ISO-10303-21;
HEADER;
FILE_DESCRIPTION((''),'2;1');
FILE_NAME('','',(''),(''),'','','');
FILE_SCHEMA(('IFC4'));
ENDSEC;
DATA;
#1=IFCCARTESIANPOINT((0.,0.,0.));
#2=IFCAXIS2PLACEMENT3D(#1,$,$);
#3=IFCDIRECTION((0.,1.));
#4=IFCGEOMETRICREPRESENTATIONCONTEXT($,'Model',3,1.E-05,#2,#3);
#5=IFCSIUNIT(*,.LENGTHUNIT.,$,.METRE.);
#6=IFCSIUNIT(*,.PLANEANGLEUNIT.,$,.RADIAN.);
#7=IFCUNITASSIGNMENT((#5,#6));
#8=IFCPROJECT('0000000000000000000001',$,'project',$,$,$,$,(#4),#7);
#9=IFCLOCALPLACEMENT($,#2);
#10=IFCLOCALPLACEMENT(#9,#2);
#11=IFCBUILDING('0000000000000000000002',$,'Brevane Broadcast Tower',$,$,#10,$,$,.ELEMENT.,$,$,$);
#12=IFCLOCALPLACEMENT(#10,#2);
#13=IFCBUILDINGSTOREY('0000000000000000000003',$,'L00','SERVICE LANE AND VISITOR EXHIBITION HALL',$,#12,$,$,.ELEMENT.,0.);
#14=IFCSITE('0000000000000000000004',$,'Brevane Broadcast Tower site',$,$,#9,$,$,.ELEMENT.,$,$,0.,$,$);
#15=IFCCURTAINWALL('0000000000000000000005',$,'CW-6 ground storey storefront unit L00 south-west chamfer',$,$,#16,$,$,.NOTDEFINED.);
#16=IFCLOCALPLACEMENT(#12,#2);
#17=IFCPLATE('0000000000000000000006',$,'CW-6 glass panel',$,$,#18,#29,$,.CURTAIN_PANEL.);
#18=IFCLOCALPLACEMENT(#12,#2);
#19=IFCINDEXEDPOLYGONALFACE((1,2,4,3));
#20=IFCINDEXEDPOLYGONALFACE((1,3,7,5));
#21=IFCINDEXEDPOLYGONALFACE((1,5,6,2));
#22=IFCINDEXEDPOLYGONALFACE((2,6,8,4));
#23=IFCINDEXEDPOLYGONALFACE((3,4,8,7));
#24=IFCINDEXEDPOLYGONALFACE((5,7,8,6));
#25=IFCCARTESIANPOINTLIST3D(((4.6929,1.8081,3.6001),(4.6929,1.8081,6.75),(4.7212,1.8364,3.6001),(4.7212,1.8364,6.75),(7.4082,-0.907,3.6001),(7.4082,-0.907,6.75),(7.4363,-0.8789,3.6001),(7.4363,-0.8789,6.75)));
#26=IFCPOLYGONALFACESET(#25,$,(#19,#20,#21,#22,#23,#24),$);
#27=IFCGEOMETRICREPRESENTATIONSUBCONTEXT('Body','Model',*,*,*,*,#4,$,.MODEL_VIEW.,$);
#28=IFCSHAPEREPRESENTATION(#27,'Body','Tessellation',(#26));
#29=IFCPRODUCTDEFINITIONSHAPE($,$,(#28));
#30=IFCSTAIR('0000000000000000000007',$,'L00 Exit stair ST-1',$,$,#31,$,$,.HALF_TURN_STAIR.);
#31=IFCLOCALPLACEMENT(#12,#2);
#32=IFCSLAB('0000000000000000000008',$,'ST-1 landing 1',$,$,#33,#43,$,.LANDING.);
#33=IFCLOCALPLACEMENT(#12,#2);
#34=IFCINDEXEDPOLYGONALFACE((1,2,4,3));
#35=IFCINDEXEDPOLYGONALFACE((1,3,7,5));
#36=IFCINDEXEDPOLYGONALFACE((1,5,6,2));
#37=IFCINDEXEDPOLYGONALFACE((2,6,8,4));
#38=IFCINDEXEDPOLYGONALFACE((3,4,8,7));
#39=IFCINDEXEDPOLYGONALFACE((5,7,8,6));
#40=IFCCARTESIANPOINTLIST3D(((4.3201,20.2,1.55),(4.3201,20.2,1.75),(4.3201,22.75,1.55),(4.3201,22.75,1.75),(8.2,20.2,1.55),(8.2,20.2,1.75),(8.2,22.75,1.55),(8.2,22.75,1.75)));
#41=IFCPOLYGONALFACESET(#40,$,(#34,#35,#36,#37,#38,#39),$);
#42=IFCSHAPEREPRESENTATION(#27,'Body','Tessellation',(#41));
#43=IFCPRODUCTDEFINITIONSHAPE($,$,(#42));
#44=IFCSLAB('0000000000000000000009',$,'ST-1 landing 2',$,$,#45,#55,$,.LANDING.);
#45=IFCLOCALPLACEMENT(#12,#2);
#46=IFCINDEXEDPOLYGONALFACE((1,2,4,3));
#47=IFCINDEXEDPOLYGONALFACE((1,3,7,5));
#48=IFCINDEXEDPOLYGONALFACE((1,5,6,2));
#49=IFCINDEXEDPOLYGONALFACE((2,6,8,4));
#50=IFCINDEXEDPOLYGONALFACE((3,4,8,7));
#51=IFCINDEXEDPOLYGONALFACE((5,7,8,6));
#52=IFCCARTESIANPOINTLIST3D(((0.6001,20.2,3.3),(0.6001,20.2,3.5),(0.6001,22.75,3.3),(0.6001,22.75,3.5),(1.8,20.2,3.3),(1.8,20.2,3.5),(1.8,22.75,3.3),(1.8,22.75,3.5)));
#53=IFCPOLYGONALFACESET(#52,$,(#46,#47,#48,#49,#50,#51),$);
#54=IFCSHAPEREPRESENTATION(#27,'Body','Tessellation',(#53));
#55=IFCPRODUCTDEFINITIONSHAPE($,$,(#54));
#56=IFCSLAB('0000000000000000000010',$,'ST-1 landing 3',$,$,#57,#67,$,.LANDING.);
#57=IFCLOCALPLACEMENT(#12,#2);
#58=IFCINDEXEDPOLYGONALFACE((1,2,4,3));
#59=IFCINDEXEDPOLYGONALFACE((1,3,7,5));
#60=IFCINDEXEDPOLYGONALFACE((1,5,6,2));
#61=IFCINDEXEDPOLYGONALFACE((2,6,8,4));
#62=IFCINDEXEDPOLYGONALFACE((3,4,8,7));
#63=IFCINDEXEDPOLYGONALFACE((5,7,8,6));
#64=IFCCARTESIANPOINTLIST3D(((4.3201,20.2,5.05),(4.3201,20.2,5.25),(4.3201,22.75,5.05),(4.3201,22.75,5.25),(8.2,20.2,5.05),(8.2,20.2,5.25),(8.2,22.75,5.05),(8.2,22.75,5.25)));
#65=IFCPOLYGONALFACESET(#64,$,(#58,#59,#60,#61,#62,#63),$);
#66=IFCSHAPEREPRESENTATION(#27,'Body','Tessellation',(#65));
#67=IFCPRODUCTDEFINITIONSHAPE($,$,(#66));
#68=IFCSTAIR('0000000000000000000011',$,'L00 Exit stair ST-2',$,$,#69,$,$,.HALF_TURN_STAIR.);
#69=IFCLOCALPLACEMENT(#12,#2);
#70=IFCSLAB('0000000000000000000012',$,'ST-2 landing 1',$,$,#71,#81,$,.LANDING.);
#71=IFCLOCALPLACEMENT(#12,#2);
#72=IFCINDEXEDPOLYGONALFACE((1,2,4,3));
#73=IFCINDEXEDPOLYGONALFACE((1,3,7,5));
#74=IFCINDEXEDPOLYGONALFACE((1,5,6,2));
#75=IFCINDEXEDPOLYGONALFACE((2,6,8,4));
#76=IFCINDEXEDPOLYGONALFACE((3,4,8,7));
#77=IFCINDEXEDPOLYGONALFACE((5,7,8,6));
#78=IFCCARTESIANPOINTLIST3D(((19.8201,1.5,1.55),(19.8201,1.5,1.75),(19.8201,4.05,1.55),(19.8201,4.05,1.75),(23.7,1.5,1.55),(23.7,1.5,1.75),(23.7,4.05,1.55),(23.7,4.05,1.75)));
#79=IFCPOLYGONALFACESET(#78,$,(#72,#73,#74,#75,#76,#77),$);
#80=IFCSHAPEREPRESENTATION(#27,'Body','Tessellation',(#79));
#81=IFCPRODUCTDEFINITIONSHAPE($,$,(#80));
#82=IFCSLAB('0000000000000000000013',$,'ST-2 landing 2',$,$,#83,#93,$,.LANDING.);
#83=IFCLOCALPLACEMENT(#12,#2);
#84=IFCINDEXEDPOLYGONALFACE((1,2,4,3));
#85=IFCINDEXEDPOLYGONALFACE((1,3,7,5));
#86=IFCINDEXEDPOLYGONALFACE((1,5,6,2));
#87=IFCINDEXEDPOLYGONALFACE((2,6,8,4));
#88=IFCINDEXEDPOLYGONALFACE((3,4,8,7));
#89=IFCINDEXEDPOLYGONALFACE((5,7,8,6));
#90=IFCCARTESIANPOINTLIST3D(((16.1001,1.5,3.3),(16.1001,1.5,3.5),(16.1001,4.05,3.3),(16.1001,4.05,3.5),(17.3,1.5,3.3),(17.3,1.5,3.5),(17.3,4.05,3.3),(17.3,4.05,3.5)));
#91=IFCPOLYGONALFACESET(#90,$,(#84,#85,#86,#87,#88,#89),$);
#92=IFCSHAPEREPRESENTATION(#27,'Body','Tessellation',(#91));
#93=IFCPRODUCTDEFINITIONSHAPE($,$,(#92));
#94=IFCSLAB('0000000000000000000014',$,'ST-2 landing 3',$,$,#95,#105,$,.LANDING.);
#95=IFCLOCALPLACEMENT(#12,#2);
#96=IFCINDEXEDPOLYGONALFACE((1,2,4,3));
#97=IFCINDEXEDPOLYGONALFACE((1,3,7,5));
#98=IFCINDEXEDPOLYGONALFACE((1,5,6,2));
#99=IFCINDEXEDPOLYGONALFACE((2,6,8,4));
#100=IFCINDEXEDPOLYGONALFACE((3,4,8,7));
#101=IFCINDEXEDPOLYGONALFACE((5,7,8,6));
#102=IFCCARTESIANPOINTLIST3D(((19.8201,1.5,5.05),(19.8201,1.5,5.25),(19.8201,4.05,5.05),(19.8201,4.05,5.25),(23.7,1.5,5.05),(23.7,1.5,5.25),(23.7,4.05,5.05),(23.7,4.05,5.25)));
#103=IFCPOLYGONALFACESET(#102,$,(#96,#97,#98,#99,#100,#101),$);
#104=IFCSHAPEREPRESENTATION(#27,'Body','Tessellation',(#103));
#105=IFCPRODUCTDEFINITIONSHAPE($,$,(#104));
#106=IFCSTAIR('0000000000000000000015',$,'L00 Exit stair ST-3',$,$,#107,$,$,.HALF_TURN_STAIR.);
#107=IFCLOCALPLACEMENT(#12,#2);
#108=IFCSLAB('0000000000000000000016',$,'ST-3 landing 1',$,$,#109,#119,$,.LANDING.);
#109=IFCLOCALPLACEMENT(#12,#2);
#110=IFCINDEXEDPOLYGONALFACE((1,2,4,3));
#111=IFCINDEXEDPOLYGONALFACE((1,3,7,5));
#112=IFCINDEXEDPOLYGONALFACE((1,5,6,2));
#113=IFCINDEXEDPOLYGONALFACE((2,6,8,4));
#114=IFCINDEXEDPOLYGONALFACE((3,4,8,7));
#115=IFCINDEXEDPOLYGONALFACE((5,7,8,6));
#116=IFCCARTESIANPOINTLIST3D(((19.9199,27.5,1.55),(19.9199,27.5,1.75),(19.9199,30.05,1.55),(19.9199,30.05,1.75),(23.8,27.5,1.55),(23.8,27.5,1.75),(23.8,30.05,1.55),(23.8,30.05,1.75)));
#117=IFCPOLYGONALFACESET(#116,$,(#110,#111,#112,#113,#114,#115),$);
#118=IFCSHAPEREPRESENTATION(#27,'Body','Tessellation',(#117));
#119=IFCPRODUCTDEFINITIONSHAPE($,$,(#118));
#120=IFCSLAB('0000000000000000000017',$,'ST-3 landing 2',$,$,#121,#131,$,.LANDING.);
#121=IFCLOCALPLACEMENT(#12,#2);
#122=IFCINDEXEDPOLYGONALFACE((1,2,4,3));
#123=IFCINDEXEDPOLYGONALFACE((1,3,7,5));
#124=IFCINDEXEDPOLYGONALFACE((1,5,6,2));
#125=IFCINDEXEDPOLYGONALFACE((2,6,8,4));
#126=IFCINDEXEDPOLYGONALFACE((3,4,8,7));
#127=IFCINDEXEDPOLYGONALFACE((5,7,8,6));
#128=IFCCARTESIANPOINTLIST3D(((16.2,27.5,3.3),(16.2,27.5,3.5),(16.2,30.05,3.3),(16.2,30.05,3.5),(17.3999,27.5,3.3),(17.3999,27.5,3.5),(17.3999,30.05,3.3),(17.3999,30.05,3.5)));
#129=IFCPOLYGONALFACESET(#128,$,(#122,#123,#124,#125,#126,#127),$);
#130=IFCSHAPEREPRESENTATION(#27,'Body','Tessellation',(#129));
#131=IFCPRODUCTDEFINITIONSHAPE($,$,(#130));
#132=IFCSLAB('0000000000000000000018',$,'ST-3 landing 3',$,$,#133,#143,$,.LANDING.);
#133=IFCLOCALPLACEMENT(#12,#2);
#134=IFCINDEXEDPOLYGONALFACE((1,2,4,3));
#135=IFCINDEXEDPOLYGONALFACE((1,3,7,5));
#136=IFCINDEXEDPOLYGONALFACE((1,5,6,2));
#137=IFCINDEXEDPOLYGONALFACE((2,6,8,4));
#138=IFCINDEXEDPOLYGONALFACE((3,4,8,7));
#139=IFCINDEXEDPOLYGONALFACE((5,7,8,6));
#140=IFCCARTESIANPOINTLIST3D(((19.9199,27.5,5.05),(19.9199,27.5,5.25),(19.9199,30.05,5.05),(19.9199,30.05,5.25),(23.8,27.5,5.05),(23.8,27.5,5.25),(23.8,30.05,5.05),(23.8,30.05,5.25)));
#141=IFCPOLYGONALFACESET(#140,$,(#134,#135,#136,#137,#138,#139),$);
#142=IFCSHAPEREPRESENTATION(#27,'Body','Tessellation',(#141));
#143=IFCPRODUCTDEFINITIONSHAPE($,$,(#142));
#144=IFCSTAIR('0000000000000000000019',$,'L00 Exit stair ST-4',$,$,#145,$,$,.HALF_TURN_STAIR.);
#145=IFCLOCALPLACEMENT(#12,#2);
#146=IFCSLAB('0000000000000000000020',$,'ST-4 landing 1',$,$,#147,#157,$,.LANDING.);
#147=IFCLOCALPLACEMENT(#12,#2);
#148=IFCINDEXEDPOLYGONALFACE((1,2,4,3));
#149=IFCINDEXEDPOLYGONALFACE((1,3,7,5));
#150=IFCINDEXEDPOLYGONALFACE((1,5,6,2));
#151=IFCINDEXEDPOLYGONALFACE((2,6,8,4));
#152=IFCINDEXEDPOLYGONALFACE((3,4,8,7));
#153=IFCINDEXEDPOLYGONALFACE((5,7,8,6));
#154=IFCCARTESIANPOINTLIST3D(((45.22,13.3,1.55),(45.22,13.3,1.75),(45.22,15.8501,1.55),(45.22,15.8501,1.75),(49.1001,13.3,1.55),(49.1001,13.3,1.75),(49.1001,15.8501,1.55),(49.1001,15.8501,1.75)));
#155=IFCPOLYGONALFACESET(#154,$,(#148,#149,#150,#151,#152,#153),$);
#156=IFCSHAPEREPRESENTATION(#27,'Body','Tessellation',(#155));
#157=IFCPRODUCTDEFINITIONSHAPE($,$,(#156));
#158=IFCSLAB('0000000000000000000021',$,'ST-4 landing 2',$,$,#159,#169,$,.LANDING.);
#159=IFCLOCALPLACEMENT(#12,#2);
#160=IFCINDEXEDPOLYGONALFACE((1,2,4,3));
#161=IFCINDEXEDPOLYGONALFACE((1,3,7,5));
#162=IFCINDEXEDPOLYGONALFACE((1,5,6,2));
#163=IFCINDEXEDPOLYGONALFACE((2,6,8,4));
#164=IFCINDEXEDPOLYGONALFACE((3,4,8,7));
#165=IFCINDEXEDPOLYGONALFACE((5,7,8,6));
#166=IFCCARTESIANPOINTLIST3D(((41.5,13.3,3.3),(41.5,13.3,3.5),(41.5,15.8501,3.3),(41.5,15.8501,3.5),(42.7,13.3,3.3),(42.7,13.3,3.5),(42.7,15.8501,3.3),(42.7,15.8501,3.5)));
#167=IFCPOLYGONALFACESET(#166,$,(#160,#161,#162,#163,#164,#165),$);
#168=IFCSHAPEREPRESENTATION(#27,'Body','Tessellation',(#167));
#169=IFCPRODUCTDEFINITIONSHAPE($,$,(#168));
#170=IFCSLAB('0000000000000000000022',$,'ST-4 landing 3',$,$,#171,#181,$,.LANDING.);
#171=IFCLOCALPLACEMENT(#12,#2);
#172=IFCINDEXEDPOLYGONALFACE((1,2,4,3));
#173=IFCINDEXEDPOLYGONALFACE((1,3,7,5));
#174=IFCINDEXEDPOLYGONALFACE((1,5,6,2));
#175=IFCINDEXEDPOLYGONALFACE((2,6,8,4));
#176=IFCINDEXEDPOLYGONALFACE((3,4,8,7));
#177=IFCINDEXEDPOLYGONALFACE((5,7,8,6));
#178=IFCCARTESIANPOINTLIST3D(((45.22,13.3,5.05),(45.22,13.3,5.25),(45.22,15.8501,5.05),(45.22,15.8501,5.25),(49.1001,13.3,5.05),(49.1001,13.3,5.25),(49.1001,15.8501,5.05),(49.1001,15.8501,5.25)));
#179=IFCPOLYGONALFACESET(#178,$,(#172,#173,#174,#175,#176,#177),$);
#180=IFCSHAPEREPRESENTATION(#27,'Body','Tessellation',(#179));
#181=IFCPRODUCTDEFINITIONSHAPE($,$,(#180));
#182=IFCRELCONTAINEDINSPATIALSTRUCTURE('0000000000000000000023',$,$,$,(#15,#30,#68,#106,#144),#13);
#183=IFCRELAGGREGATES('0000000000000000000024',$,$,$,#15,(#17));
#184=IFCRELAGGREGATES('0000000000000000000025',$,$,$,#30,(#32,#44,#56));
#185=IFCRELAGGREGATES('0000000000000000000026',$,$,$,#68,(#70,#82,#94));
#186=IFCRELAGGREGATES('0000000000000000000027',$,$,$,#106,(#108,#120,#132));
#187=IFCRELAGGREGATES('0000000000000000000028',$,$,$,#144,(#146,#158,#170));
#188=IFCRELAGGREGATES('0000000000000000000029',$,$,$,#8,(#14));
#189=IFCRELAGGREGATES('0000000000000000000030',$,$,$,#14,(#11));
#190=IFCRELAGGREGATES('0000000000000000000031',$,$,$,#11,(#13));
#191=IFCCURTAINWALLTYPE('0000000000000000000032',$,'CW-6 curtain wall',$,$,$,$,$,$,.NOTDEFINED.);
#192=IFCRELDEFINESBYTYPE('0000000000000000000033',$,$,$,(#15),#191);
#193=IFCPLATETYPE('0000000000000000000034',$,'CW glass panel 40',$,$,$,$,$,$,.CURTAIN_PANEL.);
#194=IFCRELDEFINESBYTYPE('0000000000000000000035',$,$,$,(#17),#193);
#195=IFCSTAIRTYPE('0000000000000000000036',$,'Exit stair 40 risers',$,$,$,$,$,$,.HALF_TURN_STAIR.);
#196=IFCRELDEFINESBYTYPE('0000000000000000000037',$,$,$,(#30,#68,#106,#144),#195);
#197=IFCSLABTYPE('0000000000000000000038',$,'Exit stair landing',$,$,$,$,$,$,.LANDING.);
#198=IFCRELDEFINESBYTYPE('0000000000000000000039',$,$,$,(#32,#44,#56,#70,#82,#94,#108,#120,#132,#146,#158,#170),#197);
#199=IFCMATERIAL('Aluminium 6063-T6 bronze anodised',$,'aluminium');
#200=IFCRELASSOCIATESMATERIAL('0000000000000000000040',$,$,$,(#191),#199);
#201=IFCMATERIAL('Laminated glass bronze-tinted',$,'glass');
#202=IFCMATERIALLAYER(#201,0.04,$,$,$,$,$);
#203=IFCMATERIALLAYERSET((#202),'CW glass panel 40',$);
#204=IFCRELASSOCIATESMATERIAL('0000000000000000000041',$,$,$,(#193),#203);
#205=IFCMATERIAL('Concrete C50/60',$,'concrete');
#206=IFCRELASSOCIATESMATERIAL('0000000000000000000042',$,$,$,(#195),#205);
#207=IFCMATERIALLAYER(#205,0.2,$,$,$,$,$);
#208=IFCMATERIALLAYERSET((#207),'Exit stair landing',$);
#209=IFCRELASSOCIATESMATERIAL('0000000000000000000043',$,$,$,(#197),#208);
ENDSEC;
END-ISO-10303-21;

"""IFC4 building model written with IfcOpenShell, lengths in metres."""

from ifc_helpers import new_model, si_unit, direction, frame, origin, place, context, subcontext, project, spatial, polyline, outline, extrude, material, layer, layer_set, type_object, element, aggregate, save


model = new_model("IFC4")

# Units and contexts
model_context = context("Model", 3, precision=1e-05, world=origin(), true_north=direction((0.0, 1.0)))
body_context = subcontext(model_context, "Body", "Model", "MODEL_VIEW")
ifc_project = project(units=[si_unit("LENGTHUNIT", "METRE"), si_unit("PLANEANGLEUNIT", "RADIAN")], contexts=[model_context])

# Site, building, storey
site_placement = place(None, origin())
site = spatial("IfcSite", under=ifc_project, at=site_placement, Name="Brevane Broadcast Tower site", CompositionType="ELEMENT", RefElevation=0.0)
building_placement = place(site_placement, origin())
building = spatial("IfcBuilding", under=site, at=building_placement, Name="Brevane Broadcast Tower", CompositionType="ELEMENT")
storey_placement = place(building_placement, origin())
storey = spatial("IfcBuildingStorey", under=building, at=storey_placement, Name="L00", Description="SERVICE LANE AND VISITOR EXHIBITION HALL", CompositionType="ELEMENT", Elevation=0.0)

# Curtain wall, plate
ifc_material_1 = material(Name="Aluminium 6063-T6 bronze anodised", Category="aluminium")
curtain_wall_type = type_object("IfcCurtainWallType", Name="CW-6 curtain wall", PredefinedType="NOTDEFINED", material=ifc_material_1)
ifc_material_2 = material(Name="Laminated glass bronze-tinted", Category="glass")
ifc_layer_1 = layer(ifc_material_2, 0.04)
ifc_layer_set_1 = layer_set([ifc_layer_1], Name="CW glass panel 40")
plate_type = type_object("IfcPlateType", Name="CW glass panel 40", PredefinedType="CURTAIN_PANEL", material=ifc_layer_set_1)
curtain_wall_1_placement = place(storey_placement, origin())
curtain_wall_1 = element("IfcCurtainWall", 1, at=curtain_wall_1_placement, inside=storey, type_object=curtain_wall_type, Name="CW-6 ground storey storefront unit L00 south-west chamfer", PredefinedType="NOTDEFINED")
plate_1_placement = place(storey_placement, frame((0.0, 0.0, 3.6001)))
plate_1 = element("IfcPlate", 2, at=plate_1_placement, type_object=plate_type, Name="CW-6 glass panel", PredefinedType="CURTAIN_PANEL", context=body_context, shape_type="SweptSolid", body=[
    extrude(outline(polyline([(4.7212, 1.8364), (7.4363, -0.8789), (7.4082, -0.907), (4.6929, 1.8081), (4.7212, 1.8364)])), origin(), (0.0, 0.0, 1.0), 3.1499),
])
aggregate(curtain_wall_1, [plate_1])

# Stairs, slabs
ifc_material_3 = material(Name="Concrete C50/60", Category="concrete")
stair_type = type_object("IfcStairType", Name="Exit stair 40 risers", PredefinedType="HALF_TURN_STAIR", material=ifc_material_3)
stair_1_placement = place(storey_placement, origin())
stair_1 = element("IfcStair", 3, at=stair_1_placement, inside=storey, type_object=stair_type, Name="L00 Exit stair ST-1", PredefinedType="HALF_TURN_STAIR")
ifc_layer_2 = layer(ifc_material_3, 0.2)
ifc_layer_set_2 = layer_set([ifc_layer_2], Name="Exit stair landing")
slab_type_1 = type_object("IfcSlabType", Name="Exit stair landing", PredefinedType="LANDING", material=ifc_layer_set_2)
slab_1_placement = place(storey_placement, frame((0.0, 0.0, 1.55)))
slab_1 = element("IfcSlab", 4, at=slab_1_placement, type_object=slab_type_1, Name="ST-1 landing 1", PredefinedType="LANDING", context=body_context, shape_type="SweptSolid", body=[
    extrude(outline(polyline([(4.3201, 20.2), (8.2, 20.2), (8.2, 22.75), (4.3201, 22.75), (4.3201, 20.2)])), origin(), (0.0, 0.0, 1.0), 0.2),
])
slab_2_placement = place(storey_placement, frame((0.0, 0.0, 3.3)))
slab_2 = element("IfcSlab", 5, at=slab_2_placement, type_object=slab_type_1, Name="ST-1 landing 2", PredefinedType="LANDING", context=body_context, shape_type="SweptSolid", body=[
    extrude(outline(polyline([(0.6001, 20.2), (1.8, 20.2), (1.8, 22.75), (0.6001, 22.75), (0.6001, 20.2)])), origin(), (0.0, 0.0, 1.0), 0.2),
])
slab_3_placement = place(storey_placement, frame((0.0, 0.0, 5.05)))
slab_3 = element("IfcSlab", 6, at=slab_3_placement, type_object=slab_type_1, Name="ST-1 landing 3", PredefinedType="LANDING", context=body_context, shape_type="SweptSolid", body=[
    extrude(outline(polyline([(4.3201, 20.2), (8.2, 20.2), (8.2, 22.75), (4.3201, 22.75), (4.3201, 20.2)])), origin(), (0.0, 0.0, 1.0), 0.2),
])
aggregate(stair_1, [slab_1, slab_2, slab_3])
stair_2_placement = place(storey_placement, origin())
stair_2 = element("IfcStair", 7, at=stair_2_placement, inside=storey, type_object=stair_type, Name="L00 Exit stair ST-2", PredefinedType="HALF_TURN_STAIR")
slab_4_placement = place(storey_placement, frame((0.0, 0.0, 1.55)))
slab_4 = element("IfcSlab", 8, at=slab_4_placement, type_object=slab_type_1, Name="ST-2 landing 1", PredefinedType="LANDING", context=body_context, shape_type="SweptSolid", body=[
    extrude(outline(polyline([(19.8201, 1.5), (23.7, 1.5), (23.7, 4.05), (19.8201, 4.05), (19.8201, 1.5)])), origin(), (0.0, 0.0, 1.0), 0.2),
])
slab_5_placement = place(storey_placement, frame((0.0, 0.0, 3.3)))
slab_5 = element("IfcSlab", 9, at=slab_5_placement, type_object=slab_type_1, Name="ST-2 landing 2", PredefinedType="LANDING", context=body_context, shape_type="SweptSolid", body=[
    extrude(outline(polyline([(16.1001, 1.5), (17.3, 1.5), (17.3, 4.05), (16.1001, 4.05), (16.1001, 1.5)])), origin(), (0.0, 0.0, 1.0), 0.2),
])
slab_6_placement = place(storey_placement, frame((0.0, 0.0, 5.05)))
slab_6 = element("IfcSlab", 10, at=slab_6_placement, type_object=slab_type_1, Name="ST-2 landing 3", PredefinedType="LANDING", context=body_context, shape_type="SweptSolid", body=[
    extrude(outline(polyline([(19.8201, 1.5), (23.7, 1.5), (23.7, 4.05), (19.8201, 4.05), (19.8201, 1.5)])), origin(), (0.0, 0.0, 1.0), 0.2),
])
aggregate(stair_2, [slab_4, slab_5, slab_6])
stair_3_placement = place(storey_placement, origin())
stair_3 = element("IfcStair", 11, at=stair_3_placement, inside=storey, type_object=stair_type, Name="L00 Exit stair ST-3", PredefinedType="HALF_TURN_STAIR")
slab_7_placement = place(storey_placement, frame((0.0, 0.0, 1.55)))
slab_7 = element("IfcSlab", 12, at=slab_7_placement, type_object=slab_type_1, Name="ST-3 landing 1", PredefinedType="LANDING", context=body_context, shape_type="SweptSolid", body=[
    extrude(outline(polyline([(19.9199, 27.5), (23.8, 27.5), (23.8, 30.05), (19.9199, 30.05), (19.9199, 27.5)])), origin(), (0.0, 0.0, 1.0), 0.2),
])
slab_8_placement = place(storey_placement, frame((0.0, 0.0, 3.3)))
slab_8 = element("IfcSlab", 13, at=slab_8_placement, type_object=slab_type_1, Name="ST-3 landing 2", PredefinedType="LANDING", context=body_context, shape_type="SweptSolid", body=[
    extrude(outline(polyline([(16.2, 27.5), (17.3999, 27.5), (17.3999, 30.05), (16.2, 30.05), (16.2, 27.5)])), origin(), (0.0, 0.0, 1.0), 0.2),
])
slab_9_placement = place(storey_placement, frame((0.0, 0.0, 5.05)))
slab_9 = element("IfcSlab", 14, at=slab_9_placement, type_object=slab_type_1, Name="ST-3 landing 3", PredefinedType="LANDING", context=body_context, shape_type="SweptSolid", body=[
    extrude(outline(polyline([(19.9199, 27.5), (23.8, 27.5), (23.8, 30.05), (19.9199, 30.05), (19.9199, 27.5)])), origin(), (0.0, 0.0, 1.0), 0.2),
])
aggregate(stair_3, [slab_7, slab_8, slab_9])
stair_4_placement = place(storey_placement, origin())
stair_4 = element("IfcStair", 15, at=stair_4_placement, inside=storey, type_object=stair_type, Name="L00 Exit stair ST-4", PredefinedType="HALF_TURN_STAIR")
slab_10_placement = place(storey_placement, frame((0.0, 0.0, 1.55)))
slab_10 = element("IfcSlab", 16, at=slab_10_placement, type_object=slab_type_1, Name="ST-4 landing 1", PredefinedType="LANDING", context=body_context, shape_type="SweptSolid", body=[
    extrude(outline(polyline([(45.22, 13.3), (49.1001, 13.3), (49.1001, 15.8501), (45.22, 15.8501), (45.22, 13.3)])), origin(), (0.0, 0.0, 1.0), 0.2),
])
slab_11_placement = place(storey_placement, frame((0.0, 0.0, 3.3)))
slab_11 = element("IfcSlab", 17, at=slab_11_placement, type_object=slab_type_1, Name="ST-4 landing 2", PredefinedType="LANDING", context=body_context, shape_type="SweptSolid", body=[
    extrude(outline(polyline([(41.5, 13.3), (42.7, 13.3), (42.7, 15.8501), (41.5, 15.8501), (41.5, 13.3)])), origin(), (0.0, 0.0, 1.0), 0.2),
])
slab_12_placement = place(storey_placement, frame((0.0, 0.0, 5.05)))
slab_12 = element("IfcSlab", 18, at=slab_12_placement, type_object=slab_type_1, Name="ST-4 landing 3", PredefinedType="LANDING", context=body_context, shape_type="SweptSolid", body=[
    extrude(outline(polyline([(45.22, 13.3), (49.1001, 13.3), (49.1001, 15.8501), (45.22, 15.8501), (45.22, 13.3)])), origin(), (0.0, 0.0, 1.0), 0.2),
])
aggregate(stair_4, [slab_10, slab_11, slab_12])

save(model, "model.ifc")
